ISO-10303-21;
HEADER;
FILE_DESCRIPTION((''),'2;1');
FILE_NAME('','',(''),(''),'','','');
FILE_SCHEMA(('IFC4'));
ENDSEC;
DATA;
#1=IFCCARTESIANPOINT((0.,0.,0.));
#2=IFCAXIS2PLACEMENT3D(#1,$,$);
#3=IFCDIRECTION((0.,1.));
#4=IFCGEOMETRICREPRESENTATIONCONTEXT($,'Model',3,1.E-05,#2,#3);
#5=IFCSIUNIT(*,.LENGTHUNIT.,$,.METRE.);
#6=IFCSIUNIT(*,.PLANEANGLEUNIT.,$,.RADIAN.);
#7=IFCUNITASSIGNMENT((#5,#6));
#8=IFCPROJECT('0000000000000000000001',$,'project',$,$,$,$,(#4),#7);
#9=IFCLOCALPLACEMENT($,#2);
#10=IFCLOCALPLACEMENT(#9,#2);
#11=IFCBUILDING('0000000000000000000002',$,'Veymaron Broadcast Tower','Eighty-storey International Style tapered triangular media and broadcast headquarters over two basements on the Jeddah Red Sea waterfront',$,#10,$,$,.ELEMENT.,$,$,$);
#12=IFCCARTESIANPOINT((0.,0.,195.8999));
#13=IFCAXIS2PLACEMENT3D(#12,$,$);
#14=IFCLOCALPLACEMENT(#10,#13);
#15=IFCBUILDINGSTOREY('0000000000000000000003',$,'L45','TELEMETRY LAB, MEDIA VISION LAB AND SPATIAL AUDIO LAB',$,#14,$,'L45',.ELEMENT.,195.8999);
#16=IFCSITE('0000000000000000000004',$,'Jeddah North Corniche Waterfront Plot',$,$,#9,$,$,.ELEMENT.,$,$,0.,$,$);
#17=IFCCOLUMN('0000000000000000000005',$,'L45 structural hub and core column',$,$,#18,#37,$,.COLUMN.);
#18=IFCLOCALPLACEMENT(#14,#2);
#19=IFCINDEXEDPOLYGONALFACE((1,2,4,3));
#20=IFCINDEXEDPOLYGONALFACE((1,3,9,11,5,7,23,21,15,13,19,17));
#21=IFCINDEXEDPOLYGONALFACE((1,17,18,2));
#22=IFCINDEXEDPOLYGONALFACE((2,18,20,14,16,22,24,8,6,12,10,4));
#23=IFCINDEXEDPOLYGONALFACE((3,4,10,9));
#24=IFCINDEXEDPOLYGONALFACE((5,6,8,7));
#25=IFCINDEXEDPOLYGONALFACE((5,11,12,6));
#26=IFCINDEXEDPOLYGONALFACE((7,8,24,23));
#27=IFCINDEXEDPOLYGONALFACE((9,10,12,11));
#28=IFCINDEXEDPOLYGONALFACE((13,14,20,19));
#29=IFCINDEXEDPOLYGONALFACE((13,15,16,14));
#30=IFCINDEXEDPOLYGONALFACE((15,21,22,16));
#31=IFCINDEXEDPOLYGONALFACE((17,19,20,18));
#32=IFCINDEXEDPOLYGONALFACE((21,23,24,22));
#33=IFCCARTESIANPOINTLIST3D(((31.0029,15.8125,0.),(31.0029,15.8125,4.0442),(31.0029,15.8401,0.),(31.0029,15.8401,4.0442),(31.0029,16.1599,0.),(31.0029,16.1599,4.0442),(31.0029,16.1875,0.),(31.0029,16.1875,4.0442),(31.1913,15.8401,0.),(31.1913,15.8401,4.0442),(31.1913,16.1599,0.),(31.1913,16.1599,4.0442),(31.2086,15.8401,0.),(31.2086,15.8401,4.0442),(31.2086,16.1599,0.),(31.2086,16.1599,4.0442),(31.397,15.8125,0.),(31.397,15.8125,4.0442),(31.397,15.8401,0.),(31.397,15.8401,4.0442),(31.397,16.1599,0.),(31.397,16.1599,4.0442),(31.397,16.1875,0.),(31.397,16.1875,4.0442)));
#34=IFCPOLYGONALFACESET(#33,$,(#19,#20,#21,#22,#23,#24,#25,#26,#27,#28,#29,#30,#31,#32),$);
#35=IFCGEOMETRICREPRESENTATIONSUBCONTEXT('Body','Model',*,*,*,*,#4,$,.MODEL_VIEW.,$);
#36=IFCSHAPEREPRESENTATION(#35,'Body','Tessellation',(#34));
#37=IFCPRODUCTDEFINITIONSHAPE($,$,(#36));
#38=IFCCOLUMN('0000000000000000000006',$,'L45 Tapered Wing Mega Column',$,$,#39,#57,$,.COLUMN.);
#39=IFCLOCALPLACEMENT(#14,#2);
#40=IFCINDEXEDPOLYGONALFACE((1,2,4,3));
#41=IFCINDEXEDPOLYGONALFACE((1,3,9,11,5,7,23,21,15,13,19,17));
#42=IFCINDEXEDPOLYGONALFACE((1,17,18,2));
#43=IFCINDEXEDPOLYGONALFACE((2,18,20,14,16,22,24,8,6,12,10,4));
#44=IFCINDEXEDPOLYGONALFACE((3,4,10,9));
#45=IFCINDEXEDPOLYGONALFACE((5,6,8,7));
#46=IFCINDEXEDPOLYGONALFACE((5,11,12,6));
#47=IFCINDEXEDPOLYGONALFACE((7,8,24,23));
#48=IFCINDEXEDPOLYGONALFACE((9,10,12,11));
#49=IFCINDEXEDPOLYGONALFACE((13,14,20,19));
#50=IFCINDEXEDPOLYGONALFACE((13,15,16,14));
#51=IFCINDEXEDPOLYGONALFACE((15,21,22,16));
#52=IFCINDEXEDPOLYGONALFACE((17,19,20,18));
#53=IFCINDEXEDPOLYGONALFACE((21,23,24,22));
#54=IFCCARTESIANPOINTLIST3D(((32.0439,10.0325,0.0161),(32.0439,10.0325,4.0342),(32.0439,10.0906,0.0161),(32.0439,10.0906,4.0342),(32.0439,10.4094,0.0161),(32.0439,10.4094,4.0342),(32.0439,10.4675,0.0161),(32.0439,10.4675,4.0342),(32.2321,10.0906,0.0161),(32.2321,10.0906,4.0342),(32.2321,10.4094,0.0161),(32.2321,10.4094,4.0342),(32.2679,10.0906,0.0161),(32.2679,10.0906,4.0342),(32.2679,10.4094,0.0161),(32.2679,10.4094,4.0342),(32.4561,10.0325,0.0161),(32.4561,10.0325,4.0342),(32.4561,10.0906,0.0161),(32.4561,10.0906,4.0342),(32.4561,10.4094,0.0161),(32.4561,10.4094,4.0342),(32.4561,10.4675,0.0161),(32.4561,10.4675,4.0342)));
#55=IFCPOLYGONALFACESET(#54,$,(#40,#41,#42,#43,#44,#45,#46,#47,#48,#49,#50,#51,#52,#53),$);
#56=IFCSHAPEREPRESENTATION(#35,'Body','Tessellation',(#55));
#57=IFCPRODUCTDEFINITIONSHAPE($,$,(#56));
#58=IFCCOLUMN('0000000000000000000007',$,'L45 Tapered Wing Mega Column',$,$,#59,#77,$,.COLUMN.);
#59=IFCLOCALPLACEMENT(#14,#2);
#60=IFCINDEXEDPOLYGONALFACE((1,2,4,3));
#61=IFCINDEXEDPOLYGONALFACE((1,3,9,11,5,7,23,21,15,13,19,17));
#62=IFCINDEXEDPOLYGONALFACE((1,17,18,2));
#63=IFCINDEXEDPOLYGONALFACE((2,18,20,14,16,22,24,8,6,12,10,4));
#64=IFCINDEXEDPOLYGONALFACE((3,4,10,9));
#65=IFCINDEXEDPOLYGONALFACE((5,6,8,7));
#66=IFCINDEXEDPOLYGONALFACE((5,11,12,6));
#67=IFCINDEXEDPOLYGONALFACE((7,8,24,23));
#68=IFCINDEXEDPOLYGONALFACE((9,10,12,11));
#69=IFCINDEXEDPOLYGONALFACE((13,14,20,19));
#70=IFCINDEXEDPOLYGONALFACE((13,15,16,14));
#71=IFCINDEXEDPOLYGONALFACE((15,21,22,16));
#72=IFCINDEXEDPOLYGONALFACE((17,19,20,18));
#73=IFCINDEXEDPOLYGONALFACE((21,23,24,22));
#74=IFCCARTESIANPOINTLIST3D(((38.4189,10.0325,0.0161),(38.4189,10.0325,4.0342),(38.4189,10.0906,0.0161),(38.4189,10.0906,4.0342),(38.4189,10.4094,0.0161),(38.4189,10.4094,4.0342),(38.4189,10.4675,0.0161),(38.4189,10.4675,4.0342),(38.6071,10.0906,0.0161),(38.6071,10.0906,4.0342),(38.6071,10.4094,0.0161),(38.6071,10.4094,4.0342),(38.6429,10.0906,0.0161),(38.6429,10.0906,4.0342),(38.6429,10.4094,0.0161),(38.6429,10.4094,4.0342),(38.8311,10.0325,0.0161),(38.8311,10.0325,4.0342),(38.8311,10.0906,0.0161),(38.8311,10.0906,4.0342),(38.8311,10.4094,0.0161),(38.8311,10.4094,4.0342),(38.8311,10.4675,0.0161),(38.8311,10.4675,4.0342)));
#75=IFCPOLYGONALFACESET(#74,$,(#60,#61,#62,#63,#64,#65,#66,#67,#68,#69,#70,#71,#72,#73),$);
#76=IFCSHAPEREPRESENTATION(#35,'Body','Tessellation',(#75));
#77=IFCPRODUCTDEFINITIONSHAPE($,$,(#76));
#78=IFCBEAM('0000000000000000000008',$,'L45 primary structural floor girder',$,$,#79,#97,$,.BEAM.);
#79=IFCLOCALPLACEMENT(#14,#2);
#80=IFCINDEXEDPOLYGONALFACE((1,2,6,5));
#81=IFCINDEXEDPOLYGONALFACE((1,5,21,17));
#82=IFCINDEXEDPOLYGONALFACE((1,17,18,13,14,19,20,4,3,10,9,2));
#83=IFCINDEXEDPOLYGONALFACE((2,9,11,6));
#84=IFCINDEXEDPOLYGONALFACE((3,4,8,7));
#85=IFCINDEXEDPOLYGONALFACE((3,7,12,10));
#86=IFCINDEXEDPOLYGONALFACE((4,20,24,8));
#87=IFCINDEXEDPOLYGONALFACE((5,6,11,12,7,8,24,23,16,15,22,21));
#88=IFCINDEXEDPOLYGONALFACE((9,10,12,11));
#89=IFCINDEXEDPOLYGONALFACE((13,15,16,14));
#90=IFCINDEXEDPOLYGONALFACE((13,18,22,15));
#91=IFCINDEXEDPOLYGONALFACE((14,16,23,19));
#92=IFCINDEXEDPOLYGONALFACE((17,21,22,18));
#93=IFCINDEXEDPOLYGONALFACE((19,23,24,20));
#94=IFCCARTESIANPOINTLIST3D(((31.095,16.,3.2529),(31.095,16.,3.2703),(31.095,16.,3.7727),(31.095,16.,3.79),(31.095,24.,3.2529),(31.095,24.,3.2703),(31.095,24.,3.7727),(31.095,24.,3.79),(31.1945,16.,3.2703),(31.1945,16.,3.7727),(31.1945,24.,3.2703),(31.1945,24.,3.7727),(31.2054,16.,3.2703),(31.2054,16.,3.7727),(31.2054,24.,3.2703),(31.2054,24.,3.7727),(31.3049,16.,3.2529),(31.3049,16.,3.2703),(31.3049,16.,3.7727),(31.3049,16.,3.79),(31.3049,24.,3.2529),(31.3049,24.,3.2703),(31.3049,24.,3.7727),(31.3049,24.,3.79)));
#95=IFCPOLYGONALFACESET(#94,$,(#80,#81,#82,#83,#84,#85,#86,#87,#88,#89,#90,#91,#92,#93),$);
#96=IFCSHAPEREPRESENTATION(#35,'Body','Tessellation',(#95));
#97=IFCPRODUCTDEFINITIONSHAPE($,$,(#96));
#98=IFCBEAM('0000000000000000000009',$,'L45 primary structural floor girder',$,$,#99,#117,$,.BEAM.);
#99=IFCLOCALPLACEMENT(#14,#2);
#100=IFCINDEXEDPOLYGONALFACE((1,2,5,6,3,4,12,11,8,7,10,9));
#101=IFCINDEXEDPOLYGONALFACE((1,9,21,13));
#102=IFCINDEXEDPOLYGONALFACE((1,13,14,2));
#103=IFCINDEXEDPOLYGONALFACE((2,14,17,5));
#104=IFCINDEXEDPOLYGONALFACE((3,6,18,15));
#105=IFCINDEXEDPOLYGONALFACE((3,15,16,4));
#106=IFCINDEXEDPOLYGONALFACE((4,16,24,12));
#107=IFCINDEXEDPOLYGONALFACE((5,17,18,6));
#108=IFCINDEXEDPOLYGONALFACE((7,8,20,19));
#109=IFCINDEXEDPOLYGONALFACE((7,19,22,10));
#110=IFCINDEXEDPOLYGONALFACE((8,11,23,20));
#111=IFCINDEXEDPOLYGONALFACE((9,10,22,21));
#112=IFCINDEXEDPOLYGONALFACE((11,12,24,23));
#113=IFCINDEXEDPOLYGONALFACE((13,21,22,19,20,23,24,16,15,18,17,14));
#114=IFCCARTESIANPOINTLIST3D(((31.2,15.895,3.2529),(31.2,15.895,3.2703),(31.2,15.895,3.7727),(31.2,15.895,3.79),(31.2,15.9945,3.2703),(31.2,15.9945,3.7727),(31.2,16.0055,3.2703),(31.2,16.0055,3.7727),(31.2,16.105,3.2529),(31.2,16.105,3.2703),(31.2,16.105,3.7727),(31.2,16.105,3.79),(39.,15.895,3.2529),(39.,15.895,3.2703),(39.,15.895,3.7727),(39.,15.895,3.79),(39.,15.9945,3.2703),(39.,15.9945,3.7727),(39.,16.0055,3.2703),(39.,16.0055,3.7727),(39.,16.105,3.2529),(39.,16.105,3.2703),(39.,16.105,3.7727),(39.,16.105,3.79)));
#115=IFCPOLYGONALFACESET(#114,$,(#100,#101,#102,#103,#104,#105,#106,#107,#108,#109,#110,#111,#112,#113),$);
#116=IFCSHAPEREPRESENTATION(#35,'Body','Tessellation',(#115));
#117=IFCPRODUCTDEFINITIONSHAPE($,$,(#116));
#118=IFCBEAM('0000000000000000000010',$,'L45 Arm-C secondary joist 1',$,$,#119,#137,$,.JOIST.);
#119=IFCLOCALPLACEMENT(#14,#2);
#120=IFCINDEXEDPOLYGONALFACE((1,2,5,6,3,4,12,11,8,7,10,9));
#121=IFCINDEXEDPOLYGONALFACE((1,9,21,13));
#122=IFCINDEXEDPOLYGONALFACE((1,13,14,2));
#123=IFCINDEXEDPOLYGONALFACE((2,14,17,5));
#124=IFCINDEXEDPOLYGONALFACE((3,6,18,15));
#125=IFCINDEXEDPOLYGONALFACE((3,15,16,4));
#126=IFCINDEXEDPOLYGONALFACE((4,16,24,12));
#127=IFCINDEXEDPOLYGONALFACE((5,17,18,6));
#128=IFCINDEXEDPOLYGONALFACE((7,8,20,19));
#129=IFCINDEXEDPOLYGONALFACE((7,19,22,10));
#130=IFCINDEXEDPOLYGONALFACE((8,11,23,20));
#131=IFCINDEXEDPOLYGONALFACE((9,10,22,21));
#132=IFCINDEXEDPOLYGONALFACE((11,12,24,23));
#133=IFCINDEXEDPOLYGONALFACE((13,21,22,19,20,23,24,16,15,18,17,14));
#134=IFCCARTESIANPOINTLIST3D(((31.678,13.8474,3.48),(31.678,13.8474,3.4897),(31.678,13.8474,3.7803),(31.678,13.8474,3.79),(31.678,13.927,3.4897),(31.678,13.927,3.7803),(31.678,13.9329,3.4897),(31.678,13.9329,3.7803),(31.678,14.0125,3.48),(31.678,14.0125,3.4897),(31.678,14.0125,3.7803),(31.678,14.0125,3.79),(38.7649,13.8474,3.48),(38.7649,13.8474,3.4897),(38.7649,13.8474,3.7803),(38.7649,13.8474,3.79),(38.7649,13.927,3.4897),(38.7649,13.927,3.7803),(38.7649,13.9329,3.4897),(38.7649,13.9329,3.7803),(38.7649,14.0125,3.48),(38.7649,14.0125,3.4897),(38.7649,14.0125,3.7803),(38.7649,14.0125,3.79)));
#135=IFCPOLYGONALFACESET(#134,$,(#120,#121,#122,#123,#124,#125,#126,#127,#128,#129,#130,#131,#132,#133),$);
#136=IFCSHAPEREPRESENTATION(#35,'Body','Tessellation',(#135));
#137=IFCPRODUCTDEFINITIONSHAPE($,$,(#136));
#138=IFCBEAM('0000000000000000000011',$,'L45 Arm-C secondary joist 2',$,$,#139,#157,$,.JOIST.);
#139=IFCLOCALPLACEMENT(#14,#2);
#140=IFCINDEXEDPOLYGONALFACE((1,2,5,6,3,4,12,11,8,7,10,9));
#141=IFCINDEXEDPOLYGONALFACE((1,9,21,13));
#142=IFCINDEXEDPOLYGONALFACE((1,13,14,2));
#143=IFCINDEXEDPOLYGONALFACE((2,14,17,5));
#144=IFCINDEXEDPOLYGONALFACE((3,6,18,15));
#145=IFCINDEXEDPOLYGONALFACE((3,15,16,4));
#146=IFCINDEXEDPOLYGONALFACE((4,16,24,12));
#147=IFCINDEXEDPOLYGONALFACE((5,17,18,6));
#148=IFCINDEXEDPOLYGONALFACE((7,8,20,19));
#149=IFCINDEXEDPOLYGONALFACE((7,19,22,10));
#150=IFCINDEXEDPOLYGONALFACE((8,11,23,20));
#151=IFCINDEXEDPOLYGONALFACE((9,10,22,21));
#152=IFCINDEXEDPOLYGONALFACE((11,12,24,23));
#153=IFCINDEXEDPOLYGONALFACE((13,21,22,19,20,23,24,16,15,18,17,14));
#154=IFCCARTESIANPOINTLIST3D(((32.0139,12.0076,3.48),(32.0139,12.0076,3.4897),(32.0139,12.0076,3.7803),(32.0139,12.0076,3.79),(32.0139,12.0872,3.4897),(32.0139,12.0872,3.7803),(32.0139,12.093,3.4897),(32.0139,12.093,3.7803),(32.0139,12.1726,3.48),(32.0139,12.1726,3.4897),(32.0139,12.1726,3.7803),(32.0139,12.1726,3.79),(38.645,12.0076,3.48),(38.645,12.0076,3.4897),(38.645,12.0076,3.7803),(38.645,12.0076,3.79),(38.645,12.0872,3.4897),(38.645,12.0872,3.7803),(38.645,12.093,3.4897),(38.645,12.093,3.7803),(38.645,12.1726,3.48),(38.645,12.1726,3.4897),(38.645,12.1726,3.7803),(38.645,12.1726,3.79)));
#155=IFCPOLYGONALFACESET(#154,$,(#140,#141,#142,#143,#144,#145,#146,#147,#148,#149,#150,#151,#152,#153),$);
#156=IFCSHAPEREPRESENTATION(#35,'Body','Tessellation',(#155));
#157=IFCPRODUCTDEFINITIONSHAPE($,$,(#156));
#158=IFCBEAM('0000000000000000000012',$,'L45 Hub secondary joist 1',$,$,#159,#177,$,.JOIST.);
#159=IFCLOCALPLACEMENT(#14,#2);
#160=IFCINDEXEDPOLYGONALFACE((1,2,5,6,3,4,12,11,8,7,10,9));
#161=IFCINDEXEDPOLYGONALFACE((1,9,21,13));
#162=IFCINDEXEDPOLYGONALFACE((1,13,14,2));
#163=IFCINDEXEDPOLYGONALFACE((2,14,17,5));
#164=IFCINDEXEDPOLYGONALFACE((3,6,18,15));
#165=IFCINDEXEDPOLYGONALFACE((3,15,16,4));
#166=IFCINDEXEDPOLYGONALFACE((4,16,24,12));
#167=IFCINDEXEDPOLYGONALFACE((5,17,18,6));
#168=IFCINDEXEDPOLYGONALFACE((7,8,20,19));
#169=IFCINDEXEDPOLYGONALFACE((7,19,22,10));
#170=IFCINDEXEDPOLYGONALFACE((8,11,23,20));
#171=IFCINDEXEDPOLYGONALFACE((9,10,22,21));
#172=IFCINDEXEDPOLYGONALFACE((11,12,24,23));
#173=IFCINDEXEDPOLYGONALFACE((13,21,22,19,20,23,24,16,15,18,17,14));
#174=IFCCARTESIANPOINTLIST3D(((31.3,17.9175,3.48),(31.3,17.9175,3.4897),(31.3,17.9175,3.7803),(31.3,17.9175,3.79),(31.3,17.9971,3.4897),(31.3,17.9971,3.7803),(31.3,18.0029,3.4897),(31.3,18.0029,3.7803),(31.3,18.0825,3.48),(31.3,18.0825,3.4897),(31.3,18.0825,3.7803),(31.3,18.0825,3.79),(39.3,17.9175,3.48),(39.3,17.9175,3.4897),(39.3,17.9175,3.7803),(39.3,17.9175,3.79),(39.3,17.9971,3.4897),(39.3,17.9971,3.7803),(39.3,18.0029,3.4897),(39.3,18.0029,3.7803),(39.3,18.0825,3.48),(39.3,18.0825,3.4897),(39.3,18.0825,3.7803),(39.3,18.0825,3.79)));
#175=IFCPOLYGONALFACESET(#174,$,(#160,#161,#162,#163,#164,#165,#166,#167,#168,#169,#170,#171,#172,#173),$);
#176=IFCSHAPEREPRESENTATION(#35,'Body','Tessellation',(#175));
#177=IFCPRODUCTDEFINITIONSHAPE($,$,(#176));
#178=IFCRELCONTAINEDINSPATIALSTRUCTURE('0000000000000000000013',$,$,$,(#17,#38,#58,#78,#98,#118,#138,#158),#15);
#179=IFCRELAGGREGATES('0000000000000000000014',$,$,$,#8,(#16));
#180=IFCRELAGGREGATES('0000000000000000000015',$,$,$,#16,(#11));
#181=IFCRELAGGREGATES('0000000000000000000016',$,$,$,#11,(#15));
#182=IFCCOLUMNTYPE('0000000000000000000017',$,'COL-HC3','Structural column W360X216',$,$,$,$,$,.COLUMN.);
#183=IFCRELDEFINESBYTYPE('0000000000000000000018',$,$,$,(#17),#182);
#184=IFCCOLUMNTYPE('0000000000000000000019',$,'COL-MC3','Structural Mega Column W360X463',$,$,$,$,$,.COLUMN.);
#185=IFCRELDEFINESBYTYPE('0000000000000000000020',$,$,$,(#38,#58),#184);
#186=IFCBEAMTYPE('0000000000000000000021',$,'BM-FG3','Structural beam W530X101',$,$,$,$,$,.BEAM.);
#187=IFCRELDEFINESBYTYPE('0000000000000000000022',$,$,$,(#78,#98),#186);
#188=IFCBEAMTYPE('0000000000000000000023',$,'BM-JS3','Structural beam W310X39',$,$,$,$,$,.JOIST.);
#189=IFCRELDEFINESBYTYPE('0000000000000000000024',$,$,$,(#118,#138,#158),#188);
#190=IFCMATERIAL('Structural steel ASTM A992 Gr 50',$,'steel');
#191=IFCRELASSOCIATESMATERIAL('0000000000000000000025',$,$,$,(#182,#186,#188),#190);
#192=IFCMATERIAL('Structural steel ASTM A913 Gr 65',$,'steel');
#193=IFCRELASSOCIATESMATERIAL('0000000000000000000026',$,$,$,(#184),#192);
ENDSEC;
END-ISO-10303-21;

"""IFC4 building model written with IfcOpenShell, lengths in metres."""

from ifc_helpers import new_model, si_unit, direction, frame, origin, origin_2d, place, context, subcontext, project, spatial, i_section, extrude, material, material_profile, profile_set, type_object, element, save


model = new_model("IFC4")

# Units and contexts
model_context = context("Model", 3, precision=1e-05, world=origin(), true_north=direction((0.0, 1.0)))
body_context = subcontext(model_context, "Body", "Model", "MODEL_VIEW")
ifc_project = project(units=[si_unit("LENGTHUNIT", "METRE"), si_unit("PLANEANGLEUNIT", "RADIAN")], contexts=[model_context])

# Site, building, storey
site_placement = place(None, origin())
site = spatial("IfcSite", under=ifc_project, at=site_placement, Name="Jeddah North Corniche Waterfront Plot", CompositionType="ELEMENT", RefElevation=0.0)
building_placement = place(site_placement, origin())
building = spatial("IfcBuilding", under=site, at=building_placement, Name="Veymaron Broadcast Tower", Description="Eighty-storey International Style tapered triangular media and broadcast headquarters over two basements on the Jeddah Red Sea waterfront", CompositionType="ELEMENT")
storey_placement = place(building_placement, frame((0.0, 0.0, 195.8999)))
storey = spatial("IfcBuildingStorey", under=building, at=storey_placement, Name="L45", Description="TELEMETRY LAB, MEDIA VISION LAB AND SPATIAL AUDIO LAB", LongName="L45", CompositionType="ELEMENT", Elevation=195.8999)

# Columns
ifc_material_1 = material(Name="Structural steel ASTM A992 Gr 50", Category="steel")
ifc_material_profile_1 = material_profile(ifc_material_1, i_section(OverallWidth=0.394, OverallDepth=0.375, WebThickness=0.0173, FlangeThickness=0.0276, at=origin_2d()), Name="W360X216")
ifc_profile_set_1 = profile_set([ifc_material_profile_1], Name="Structural steel ASTM A992 Gr 50")
column_type_1 = type_object("IfcColumnType", Name="COL-HC3", Description="Structural column W360X216", PredefinedType="COLUMN", material=ifc_profile_set_1)
column_placement = place(storey_placement, frame((31.2, 16.0, 0.0), z_axis=(0.0, 0.0, 1.0), x_axis=(1.0, 0.0, 0.0)))
element("IfcColumn", 1, at=column_placement, inside=storey, type_object=column_type_1, Name="L45 structural hub and core column", PredefinedType="COLUMN", context=body_context, shape_type="SweptSolid", body=[
    extrude(i_section(OverallWidth=0.394, OverallDepth=0.375, WebThickness=0.0173, FlangeThickness=0.0276, at=origin_2d()), origin(), (0.0, 0.0, 1.0), 4.0442),
])
ifc_material_2 = material(Name="Structural steel ASTM A913 Gr 65", Category="steel")
ifc_material_profile_2 = material_profile(ifc_material_2, i_section(OverallWidth=0.4121, OverallDepth=0.4351, WebThickness=0.0359, FlangeThickness=0.0581, at=origin_2d()), Name="W360X463")
ifc_profile_set_2 = profile_set([ifc_material_profile_2], Name="Structural steel ASTM A913 Gr 65")
column_type_2 = type_object("IfcColumnType", Name="COL-MC3", Description="Structural Mega Column W360X463", PredefinedType="COLUMN", material=ifc_profile_set_2)
for number, where, z_axis, x_axis, name in (
    (2, (32.25, 10.25, 0.0161), (0.0, 0.0, 1.0), (1.0, 0.0, 0.0), "L45 Tapered Wing Mega Column"),
    (3, (38.625, 10.25, 0.0161), (0.0, 0.0, 1.0), (1.0, 0.0, 0.0), "L45 Tapered Wing Mega Column"),
):
    element("IfcColumn", number, at=place(storey_placement, frame(where, z_axis=z_axis, x_axis=x_axis)), inside=storey, type_object=column_type_2, Name=name, PredefinedType="COLUMN", context=body_context, shape_type="SweptSolid", body=[
        extrude(i_section(OverallWidth=0.4121, OverallDepth=0.4351, WebThickness=0.0359, FlangeThickness=0.0581, at=origin_2d()), origin(), (0.0, 0.0, 1.0), 4.0181),
    ])

# Beams
ifc_material_profile_3 = material_profile(ifc_material_1, i_section(OverallWidth=0.21, OverallDepth=0.5371, WebThickness=0.011, FlangeThickness=0.0173, at=origin_2d()), Name="W530X101")
ifc_profile_set_3 = profile_set([ifc_material_profile_3], Name="Structural steel ASTM A992 Gr 50")
beam_type_1 = type_object("IfcBeamType", Name="BM-FG3", Description="Structural beam W530X101", PredefinedType="BEAM", material=ifc_profile_set_3)
beam_1_placement = place(storey_placement, frame((31.2, 16.0, 3.5215), z_axis=(0.0, 1.0, 0.0), x_axis=(-1.0, 0.0, 0.0)))
element("IfcBeam", 4, at=beam_1_placement, inside=storey, type_object=beam_type_1, Name="L45 primary structural floor girder", PredefinedType="BEAM", context=body_context, shape_type="SweptSolid", body=[
    extrude(i_section(OverallWidth=0.21, OverallDepth=0.5371, WebThickness=0.011, FlangeThickness=0.0173, at=origin_2d()), origin(), (0.0, 0.0, 1.0), 8.0),
])
beam_2_placement = place(storey_placement, frame((31.2, 16.0, 3.5215), z_axis=(1.0, 0.0, 0.0), x_axis=(0.0, 1.0, 0.0)))
element("IfcBeam", 5, at=beam_2_placement, inside=storey, type_object=beam_type_1, Name="L45 primary structural floor girder", PredefinedType="BEAM", context=body_context, shape_type="SweptSolid", body=[
    extrude(i_section(OverallWidth=0.21, OverallDepth=0.5371, WebThickness=0.011, FlangeThickness=0.0173, at=origin_2d()), origin(), (0.0, 0.0, 1.0), 7.8),
])
ifc_material_profile_4 = material_profile(ifc_material_1, i_section(OverallWidth=0.165, OverallDepth=0.3101, WebThickness=0.0059, FlangeThickness=0.0098, at=origin_2d()), Name="W310X39")
ifc_profile_set_4 = profile_set([ifc_material_profile_4], Name="Structural steel ASTM A992 Gr 50")
beam_type_2 = type_object("IfcBeamType", Name="BM-JS3", Description="Structural beam W310X39", PredefinedType="JOIST", material=ifc_profile_set_4)
beam_3_placement = place(storey_placement, frame((31.678, 13.9299, 3.635), z_axis=(1.0, 0.0, 0.0), x_axis=(0.0, 1.0, 0.0)))
element("IfcBeam", 6, at=beam_3_placement, inside=storey, type_object=beam_type_2, Name="L45 Arm-C secondary joist 1", PredefinedType="JOIST", context=body_context, shape_type="SweptSolid", body=[
    extrude(i_section(OverallWidth=0.165, OverallDepth=0.3101, WebThickness=0.0059, FlangeThickness=0.0098, at=origin_2d()), origin(), (0.0, 0.0, 1.0), 7.0869),
])
beam_4_placement = place(storey_placement, frame((32.0139, 12.0901, 3.635), z_axis=(1.0, 0.0, 0.0), x_axis=(0.0, 1.0, 0.0)))
element("IfcBeam", 7, at=beam_4_placement, inside=storey, type_object=beam_type_2, Name="L45 Arm-C secondary joist 2", PredefinedType="JOIST", context=body_context, shape_type="SweptSolid", body=[
    extrude(i_section(OverallWidth=0.165, OverallDepth=0.3101, WebThickness=0.0059, FlangeThickness=0.0098, at=origin_2d()), origin(), (0.0, 0.0, 1.0), 6.6311),
])
for number, where, z_axis, x_axis, name in (
    (8, (31.3, 18.0, 3.635), (1.0, 0.0, 0.0), (0.0, 1.0, 0.0), "L45 Hub secondary joist 1"),
):
    element("IfcBeam", number, at=place(storey_placement, frame(where, z_axis=z_axis, x_axis=x_axis)), inside=storey, type_object=beam_type_2, Name=name, PredefinedType="JOIST", context=body_context, shape_type="SweptSolid", body=[
        extrude(i_section(OverallWidth=0.165, OverallDepth=0.3101, WebThickness=0.0059, FlangeThickness=0.0098, at=origin_2d()), origin(), (0.0, 0.0, 1.0), 8.0),
    ])

save(model, "model.ifc")
